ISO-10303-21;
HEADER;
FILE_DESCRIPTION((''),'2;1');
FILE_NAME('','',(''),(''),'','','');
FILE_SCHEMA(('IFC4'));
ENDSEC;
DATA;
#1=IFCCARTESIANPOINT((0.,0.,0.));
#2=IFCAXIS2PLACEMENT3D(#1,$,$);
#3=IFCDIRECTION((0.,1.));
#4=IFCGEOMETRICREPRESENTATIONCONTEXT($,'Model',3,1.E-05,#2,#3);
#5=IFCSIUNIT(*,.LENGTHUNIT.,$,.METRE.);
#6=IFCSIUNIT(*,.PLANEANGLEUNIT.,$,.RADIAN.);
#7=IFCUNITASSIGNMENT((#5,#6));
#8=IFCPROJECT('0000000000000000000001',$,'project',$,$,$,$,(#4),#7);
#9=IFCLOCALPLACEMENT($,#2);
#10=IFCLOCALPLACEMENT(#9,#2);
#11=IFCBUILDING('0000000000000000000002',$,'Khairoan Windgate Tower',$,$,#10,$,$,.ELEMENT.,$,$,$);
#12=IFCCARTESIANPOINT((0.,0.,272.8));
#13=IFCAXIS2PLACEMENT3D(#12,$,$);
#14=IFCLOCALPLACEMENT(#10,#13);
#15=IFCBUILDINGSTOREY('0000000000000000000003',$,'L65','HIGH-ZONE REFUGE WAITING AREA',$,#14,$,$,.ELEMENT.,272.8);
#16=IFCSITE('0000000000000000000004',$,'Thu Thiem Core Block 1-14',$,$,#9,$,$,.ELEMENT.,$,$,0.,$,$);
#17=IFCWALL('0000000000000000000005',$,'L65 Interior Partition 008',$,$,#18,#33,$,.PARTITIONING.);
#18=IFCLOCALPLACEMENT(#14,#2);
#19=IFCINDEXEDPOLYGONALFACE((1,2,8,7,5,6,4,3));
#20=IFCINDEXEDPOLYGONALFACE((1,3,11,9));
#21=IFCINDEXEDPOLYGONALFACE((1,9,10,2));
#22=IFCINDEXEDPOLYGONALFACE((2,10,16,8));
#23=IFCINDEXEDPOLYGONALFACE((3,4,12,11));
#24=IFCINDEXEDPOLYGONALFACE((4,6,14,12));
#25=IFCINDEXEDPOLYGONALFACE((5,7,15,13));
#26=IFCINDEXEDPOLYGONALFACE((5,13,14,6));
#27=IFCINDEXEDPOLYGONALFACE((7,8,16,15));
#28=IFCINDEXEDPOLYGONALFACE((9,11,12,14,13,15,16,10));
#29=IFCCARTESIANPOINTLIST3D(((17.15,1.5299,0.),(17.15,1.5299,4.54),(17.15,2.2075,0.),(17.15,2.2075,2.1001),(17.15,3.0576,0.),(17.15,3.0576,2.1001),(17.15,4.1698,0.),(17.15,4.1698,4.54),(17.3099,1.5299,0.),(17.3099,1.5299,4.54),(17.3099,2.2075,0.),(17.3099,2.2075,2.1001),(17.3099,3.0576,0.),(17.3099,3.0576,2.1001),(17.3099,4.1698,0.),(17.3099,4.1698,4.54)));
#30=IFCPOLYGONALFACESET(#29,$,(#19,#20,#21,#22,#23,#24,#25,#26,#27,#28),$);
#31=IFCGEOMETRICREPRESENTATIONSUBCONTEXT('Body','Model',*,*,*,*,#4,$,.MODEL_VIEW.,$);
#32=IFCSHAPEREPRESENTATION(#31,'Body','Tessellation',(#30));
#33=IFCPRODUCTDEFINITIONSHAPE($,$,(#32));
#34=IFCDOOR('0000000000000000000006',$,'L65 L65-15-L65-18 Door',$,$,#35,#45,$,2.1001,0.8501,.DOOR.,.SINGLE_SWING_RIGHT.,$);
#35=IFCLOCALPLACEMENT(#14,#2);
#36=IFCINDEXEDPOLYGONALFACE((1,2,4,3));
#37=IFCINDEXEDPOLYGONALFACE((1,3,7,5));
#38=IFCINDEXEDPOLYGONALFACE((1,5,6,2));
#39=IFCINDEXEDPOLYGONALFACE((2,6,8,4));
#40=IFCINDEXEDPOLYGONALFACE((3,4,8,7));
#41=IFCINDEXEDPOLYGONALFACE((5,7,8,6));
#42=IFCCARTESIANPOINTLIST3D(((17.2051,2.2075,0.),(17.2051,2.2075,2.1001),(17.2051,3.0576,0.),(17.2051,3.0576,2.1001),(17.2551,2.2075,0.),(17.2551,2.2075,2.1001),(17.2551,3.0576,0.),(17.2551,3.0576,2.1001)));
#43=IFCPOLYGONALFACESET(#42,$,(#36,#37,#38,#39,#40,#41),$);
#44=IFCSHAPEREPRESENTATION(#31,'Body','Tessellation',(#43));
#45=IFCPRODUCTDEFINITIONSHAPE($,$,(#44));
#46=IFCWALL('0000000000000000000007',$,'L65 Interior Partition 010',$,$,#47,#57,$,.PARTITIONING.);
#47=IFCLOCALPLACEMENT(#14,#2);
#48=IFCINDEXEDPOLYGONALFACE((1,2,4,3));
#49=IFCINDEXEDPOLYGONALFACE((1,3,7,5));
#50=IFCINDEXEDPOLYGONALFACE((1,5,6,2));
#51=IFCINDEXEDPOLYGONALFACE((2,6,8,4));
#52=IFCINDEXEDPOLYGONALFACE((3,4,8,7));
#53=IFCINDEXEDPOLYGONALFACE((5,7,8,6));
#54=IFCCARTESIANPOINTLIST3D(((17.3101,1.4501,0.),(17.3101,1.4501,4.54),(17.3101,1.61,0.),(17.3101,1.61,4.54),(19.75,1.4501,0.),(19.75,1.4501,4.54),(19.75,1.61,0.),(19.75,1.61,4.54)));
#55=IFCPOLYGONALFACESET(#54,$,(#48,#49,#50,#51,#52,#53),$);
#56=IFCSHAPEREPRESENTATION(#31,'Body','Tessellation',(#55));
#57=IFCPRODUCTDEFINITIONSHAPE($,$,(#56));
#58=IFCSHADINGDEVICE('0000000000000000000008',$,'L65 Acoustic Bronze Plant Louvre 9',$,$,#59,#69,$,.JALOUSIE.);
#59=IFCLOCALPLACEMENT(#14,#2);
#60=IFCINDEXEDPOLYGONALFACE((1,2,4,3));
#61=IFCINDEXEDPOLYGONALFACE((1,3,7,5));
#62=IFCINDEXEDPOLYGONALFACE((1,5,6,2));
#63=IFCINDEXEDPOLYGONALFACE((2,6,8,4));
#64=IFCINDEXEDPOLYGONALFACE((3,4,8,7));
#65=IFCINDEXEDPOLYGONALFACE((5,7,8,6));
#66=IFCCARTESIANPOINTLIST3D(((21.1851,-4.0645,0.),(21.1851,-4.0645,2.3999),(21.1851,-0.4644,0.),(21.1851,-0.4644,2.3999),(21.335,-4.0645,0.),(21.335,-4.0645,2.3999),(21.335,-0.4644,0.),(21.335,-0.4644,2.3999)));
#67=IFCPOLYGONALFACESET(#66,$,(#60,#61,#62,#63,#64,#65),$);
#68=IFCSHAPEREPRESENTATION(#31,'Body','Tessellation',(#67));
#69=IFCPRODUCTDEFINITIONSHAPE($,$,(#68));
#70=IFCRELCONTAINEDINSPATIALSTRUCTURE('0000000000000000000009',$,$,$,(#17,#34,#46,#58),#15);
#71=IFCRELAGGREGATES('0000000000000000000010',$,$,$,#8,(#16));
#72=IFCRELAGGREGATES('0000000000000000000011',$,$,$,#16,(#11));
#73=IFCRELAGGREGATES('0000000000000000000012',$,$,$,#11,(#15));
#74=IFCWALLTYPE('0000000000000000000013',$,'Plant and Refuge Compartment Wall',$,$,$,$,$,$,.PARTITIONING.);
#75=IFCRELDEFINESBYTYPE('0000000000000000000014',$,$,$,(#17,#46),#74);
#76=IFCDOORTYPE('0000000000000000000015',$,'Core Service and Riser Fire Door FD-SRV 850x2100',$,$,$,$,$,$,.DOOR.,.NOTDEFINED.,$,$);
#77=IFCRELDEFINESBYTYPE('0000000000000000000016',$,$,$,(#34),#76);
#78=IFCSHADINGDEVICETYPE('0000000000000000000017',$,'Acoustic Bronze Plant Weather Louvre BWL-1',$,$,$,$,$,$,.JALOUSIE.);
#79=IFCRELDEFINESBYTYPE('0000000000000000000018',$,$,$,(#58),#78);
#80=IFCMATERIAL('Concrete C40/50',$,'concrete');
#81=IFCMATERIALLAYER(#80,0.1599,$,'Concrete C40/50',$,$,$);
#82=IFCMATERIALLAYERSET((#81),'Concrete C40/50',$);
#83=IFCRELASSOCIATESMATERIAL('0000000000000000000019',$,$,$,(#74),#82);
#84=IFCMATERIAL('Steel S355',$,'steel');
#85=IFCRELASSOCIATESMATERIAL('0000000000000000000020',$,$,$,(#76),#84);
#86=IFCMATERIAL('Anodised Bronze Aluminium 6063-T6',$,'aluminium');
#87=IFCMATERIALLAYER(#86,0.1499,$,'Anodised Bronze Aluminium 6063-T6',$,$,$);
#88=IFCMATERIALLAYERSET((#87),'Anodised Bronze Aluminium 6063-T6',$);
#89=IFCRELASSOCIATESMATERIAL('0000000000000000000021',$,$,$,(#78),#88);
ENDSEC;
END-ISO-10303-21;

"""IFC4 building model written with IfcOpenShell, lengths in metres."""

from ifc_helpers import new_model, si_unit, direction, frame, frame_2d, origin, origin_2d, place, context, subcontext, project, spatial, rectangle, extrude, material, layer, layer_set, type_object, element, fill, save


model = new_model("IFC4")

# Units and contexts
model_context = context("Model", 3, precision=1e-05, world=origin(), true_north=direction((0.0, 1.0)))
body_context = subcontext(model_context, "Body", "Model", "MODEL_VIEW")
ifc_project = project(units=[si_unit("LENGTHUNIT", "METRE"), si_unit("PLANEANGLEUNIT", "RADIAN")], contexts=[model_context])

# Site, building, storey
site_placement = place(None, origin())
site = spatial("IfcSite", under=ifc_project, at=site_placement, Name="Thu Thiem Core Block 1-14", CompositionType="ELEMENT", RefElevation=0.0)
building_placement = place(site_placement, origin())
building = spatial("IfcBuilding", under=site, at=building_placement, Name="Khairoan Windgate Tower", CompositionType="ELEMENT")
storey_placement = place(building_placement, frame((0.0, 0.0, 272.8)))
storey = spatial("IfcBuildingStorey", under=building, at=storey_placement, Name="L65", Description="HIGH-ZONE REFUGE WAITING AREA", CompositionType="ELEMENT", Elevation=272.8)

# Wall, opening, door
ifc_material_1 = material(Name="Concrete C40/50", Category="concrete")
ifc_layer_1 = layer(ifc_material_1, 0.1599, Name="Concrete C40/50")
ifc_layer_set_1 = layer_set([ifc_layer_1], Name="Concrete C40/50")
wall_type_1 = type_object("IfcWallType", Name="Plant and Refuge Compartment Wall", PredefinedType="PARTITIONING", material=ifc_layer_set_1)
ifc_material_2 = material(Name="Steel S355", Category="steel")
door_type = type_object("IfcDoorType", Name="Core Service and Riser Fire Door FD-SRV 850x2100", OperationType="NOTDEFINED", PredefinedType="DOOR", material=ifc_material_2)
wall_1_placement = place(storey_placement, frame((17.23, 1.53, 0.0), z_axis=(0.0, 0.0, 1.0), x_axis=(0.0, 1.0, 0.0)))
wall_1 = element("IfcWall", 1, at=wall_1_placement, inside=storey, type_object=wall_type_1, Name="L65 Interior Partition 008", PredefinedType="PARTITIONING", context=body_context, shape_type="SweptSolid", body=[
    extrude(rectangle(XDim=2.6399, YDim=0.1599, at=frame_2d((1.3198, 0.0))), origin(), (0.0, 0.0, 1.0), 4.54),
])
opening_1_placement = place(wall_1_placement, frame((0.6775, 0.0, 0.0)))
opening_1 = element("IfcOpeningElement", 2, at=opening_1_placement, cuts=wall_1, PredefinedType="OPENING", context=body_context, shape_type="SweptSolid", body=[
    extrude(rectangle(XDim=0.8501, YDim=2.1001, at=frame_2d((0.425, 1.05))), frame((0.0, 0.0898, 0.0), z_axis=(0.0, -1.0, 0.0), x_axis=(1.0, 0.0, 0.0)), (0.0, 0.0, 1.0), 0.1799),
])
door_1_placement = place(opening_1_placement, origin())
door_1 = element("IfcDoor", 3, at=door_1_placement, inside=storey, type_object=door_type, Name="L65 L65-15-L65-18 Door", OperationType="SINGLE_SWING_RIGHT", OverallHeight=2.1001, OverallWidth=0.8501, PredefinedType="DOOR", context=body_context, shape_type="SweptSolid", body=[
    extrude(rectangle(XDim=0.8501, YDim=2.1001, at=frame_2d((0.425, 1.05))), frame((0.0, 0.0249, 0.0), z_axis=(0.0, -1.0, 0.0), x_axis=(1.0, 0.0, 0.0)), (0.0, 0.0, 1.0), 0.05),
])
fill(opening_1, door_1)

# Wall
wall_2_placement = place(storey_placement, frame((17.3101, 1.53, 0.0), z_axis=(0.0, 0.0, 1.0), x_axis=(1.0, 0.0, 0.0)))
element("IfcWall", 4, at=wall_2_placement, inside=storey, type_object=wall_type_1, Name="L65 Interior Partition 010", PredefinedType="PARTITIONING", context=body_context, shape_type="SweptSolid", body=[
    extrude(rectangle(XDim=2.4399, YDim=0.1599, at=frame_2d((1.22, 0.0))), origin(), (0.0, 0.0, 1.0), 4.54),
])

# Shading device
ifc_material_3 = material(Name="Anodised Bronze Aluminium 6063-T6", Category="aluminium")
ifc_layer_2 = layer(ifc_material_3, 0.1499, Name="Anodised Bronze Aluminium 6063-T6")
ifc_layer_set_2 = layer_set([ifc_layer_2], Name="Anodised Bronze Aluminium 6063-T6")
shading_device_type = type_object("IfcShadingDeviceType", Name="Acoustic Bronze Plant Weather Louvre BWL-1", PredefinedType="JALOUSIE", material=ifc_layer_set_2)
shading_device_placement = place(storey_placement, frame((21.26, -2.2644, 0.0), z_axis=(0.0, 0.0, 1.0), x_axis=(0.0, -1.0, 0.0)))
element("IfcShadingDevice", 5, at=shading_device_placement, inside=storey, type_object=shading_device_type, Name="L65 Acoustic Bronze Plant Louvre 9", PredefinedType="JALOUSIE", context=body_context, shape_type="SweptSolid", body=[
    extrude(rectangle(XDim=3.6001, YDim=0.1499, at=origin_2d()), origin(), (0.0, 0.0, 1.0), 2.3999),
])

save(model, "model.ifc")
